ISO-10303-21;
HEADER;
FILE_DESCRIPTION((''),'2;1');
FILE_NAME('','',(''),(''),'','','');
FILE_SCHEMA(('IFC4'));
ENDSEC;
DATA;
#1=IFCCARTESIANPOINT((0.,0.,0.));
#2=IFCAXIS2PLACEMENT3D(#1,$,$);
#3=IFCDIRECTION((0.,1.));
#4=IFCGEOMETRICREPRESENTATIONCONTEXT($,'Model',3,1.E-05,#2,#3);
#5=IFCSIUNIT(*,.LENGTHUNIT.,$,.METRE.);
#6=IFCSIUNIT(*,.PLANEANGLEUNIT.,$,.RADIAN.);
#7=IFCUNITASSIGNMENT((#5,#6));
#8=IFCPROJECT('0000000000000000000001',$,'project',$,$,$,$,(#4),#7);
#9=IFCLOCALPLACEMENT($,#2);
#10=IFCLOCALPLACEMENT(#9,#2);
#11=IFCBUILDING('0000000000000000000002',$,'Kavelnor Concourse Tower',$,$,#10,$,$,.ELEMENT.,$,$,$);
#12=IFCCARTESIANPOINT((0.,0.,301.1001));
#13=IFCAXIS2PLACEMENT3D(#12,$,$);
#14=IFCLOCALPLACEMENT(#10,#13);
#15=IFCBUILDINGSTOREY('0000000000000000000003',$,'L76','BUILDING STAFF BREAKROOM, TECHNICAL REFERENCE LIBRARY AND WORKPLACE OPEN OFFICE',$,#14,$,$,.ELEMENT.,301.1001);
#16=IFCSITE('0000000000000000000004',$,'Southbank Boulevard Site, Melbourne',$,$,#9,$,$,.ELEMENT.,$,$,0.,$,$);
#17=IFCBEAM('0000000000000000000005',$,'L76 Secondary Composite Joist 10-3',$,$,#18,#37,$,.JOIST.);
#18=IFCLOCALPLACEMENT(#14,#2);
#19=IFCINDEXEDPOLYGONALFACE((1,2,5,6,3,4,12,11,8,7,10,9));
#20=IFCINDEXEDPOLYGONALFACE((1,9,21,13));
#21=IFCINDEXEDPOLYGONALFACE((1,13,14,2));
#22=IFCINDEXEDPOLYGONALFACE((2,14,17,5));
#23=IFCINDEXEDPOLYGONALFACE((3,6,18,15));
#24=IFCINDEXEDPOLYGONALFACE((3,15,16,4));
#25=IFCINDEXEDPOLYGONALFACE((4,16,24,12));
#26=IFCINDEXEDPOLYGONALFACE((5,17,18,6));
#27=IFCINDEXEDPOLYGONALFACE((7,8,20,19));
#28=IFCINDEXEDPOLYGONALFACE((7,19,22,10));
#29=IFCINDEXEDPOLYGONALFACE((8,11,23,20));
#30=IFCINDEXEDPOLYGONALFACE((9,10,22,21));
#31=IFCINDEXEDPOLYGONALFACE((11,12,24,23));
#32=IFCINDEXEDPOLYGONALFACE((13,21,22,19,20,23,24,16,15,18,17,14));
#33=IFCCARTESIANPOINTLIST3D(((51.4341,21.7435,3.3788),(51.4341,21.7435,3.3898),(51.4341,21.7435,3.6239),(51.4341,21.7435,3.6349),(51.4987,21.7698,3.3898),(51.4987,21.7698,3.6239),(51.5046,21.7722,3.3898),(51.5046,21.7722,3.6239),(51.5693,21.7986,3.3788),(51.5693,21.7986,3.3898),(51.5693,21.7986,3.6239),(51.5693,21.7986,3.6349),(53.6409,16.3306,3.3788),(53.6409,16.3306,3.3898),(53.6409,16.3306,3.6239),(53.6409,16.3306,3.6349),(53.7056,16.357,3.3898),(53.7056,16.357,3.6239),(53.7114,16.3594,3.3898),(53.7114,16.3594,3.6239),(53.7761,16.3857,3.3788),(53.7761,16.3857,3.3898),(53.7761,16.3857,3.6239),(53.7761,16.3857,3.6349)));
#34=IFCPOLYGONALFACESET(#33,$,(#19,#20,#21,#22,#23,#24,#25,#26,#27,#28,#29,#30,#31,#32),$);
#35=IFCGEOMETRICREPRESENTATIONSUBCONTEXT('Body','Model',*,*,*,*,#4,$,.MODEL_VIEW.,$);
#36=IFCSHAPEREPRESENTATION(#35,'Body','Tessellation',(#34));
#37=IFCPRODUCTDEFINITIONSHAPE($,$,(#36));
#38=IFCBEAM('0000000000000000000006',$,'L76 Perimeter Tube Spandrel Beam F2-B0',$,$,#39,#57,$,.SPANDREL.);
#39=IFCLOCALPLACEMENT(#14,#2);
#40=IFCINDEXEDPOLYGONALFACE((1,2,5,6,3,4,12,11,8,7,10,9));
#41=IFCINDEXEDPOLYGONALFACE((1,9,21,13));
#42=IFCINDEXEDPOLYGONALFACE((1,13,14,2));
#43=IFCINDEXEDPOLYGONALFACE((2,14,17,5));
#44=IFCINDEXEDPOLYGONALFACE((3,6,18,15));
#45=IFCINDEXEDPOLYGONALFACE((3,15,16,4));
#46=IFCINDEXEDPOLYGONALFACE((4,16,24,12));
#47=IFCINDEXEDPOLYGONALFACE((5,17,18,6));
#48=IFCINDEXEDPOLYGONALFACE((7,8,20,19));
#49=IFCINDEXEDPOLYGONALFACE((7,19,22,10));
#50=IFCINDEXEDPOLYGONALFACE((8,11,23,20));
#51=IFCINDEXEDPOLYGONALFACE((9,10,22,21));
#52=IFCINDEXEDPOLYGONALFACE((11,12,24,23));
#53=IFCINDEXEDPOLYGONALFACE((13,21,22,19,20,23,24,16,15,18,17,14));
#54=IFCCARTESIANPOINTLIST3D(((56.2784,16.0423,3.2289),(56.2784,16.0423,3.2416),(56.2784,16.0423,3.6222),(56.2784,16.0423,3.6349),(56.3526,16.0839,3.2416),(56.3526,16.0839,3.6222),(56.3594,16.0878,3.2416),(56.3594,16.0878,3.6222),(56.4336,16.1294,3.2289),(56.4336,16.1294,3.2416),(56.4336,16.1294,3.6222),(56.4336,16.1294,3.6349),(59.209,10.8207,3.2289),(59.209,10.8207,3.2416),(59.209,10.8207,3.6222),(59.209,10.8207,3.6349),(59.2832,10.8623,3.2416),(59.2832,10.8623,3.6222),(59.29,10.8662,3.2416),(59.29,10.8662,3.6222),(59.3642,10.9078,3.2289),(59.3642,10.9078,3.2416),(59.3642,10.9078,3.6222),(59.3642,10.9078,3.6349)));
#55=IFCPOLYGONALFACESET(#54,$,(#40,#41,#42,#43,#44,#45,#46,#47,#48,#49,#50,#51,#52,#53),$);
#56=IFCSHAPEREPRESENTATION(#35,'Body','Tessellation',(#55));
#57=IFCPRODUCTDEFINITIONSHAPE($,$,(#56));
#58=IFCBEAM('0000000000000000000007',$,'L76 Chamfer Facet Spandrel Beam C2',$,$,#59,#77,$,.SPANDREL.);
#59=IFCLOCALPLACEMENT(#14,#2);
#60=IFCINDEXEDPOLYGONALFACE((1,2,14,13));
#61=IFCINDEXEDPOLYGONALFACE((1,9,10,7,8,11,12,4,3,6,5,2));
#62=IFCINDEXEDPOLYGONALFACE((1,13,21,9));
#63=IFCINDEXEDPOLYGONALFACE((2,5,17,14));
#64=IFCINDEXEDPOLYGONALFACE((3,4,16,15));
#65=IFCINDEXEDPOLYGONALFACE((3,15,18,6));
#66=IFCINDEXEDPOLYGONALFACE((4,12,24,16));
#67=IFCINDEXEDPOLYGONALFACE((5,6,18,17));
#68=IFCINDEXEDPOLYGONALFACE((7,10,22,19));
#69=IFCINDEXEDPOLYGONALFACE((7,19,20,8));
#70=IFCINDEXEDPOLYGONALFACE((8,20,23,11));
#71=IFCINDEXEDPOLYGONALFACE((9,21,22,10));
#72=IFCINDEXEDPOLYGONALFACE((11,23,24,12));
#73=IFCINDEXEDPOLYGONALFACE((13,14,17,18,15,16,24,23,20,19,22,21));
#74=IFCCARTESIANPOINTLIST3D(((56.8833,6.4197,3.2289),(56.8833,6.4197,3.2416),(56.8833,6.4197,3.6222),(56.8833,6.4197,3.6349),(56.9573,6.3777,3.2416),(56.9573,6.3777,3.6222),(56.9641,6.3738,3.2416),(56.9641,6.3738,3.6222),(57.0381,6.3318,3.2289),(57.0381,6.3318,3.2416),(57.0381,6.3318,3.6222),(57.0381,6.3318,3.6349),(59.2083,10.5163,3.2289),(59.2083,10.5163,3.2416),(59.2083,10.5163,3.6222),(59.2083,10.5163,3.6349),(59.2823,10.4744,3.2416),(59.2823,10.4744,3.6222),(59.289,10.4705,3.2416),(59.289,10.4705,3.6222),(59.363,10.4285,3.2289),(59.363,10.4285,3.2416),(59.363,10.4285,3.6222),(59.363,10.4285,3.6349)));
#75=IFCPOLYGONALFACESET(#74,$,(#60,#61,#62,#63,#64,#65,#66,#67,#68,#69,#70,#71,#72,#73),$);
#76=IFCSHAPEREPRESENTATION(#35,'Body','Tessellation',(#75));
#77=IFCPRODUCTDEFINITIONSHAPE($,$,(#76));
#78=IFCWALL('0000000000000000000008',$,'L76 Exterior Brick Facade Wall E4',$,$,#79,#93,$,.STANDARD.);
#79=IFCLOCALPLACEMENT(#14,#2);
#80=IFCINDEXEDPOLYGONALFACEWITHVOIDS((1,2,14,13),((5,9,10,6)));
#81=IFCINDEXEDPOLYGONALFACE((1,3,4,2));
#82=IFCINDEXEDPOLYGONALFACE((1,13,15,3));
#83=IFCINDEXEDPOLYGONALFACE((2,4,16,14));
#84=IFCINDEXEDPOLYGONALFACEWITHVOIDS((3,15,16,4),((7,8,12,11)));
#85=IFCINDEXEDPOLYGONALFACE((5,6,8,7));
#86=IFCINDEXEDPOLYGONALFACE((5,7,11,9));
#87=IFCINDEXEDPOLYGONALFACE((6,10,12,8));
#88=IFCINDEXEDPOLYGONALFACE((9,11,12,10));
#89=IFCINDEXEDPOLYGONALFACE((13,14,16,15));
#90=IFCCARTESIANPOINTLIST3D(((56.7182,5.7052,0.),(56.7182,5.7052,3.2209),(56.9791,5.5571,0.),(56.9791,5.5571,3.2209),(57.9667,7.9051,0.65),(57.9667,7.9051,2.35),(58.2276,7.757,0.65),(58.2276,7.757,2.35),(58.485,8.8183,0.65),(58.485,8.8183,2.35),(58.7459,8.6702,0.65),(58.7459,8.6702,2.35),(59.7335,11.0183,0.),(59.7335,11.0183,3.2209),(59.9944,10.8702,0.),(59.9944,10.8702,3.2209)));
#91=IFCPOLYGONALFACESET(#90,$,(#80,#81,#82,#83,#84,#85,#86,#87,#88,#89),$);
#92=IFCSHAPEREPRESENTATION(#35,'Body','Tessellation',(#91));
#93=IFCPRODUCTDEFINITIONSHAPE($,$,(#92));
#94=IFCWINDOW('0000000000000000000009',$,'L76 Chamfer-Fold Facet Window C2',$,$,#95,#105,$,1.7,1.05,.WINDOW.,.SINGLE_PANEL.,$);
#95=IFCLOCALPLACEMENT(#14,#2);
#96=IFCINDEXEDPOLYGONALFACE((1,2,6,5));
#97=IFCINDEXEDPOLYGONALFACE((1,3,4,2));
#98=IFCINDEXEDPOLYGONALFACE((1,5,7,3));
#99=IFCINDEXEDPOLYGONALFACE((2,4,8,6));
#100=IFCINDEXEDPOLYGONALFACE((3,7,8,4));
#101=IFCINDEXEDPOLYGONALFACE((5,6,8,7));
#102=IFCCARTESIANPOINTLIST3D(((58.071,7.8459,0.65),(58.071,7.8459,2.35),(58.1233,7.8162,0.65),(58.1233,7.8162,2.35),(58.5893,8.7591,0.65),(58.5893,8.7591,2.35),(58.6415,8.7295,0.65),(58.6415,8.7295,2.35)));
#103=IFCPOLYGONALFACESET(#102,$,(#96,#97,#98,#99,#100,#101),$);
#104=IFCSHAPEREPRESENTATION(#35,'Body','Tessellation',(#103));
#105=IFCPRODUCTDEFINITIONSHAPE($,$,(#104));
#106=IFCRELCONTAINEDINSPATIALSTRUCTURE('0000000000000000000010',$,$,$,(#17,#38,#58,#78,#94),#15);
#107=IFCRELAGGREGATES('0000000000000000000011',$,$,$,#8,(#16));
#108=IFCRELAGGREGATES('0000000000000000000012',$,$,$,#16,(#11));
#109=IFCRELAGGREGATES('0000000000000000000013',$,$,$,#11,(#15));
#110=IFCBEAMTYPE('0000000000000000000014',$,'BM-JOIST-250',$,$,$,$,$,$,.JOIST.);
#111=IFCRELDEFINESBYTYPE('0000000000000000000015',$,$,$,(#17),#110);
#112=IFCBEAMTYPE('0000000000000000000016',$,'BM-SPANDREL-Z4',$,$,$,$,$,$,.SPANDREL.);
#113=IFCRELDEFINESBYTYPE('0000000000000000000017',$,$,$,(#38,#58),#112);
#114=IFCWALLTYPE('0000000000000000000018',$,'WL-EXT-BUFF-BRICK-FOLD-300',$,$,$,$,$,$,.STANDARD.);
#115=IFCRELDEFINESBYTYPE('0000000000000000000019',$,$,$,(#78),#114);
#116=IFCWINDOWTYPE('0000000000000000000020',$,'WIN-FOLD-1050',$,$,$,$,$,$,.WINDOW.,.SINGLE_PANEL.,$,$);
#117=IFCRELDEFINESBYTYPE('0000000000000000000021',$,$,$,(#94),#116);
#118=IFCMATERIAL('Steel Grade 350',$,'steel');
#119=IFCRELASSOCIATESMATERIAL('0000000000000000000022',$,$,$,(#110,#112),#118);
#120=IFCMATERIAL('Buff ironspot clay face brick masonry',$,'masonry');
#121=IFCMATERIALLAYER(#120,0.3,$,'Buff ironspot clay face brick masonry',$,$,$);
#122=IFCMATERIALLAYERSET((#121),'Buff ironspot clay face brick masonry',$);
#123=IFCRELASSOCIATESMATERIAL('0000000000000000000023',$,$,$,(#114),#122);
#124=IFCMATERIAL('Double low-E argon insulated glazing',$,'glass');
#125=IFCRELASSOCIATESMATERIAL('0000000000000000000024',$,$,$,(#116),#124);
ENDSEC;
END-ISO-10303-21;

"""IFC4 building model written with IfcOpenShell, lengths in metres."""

from ifc_helpers import new_model, si_unit, direction, frame, frame_2d, origin, origin_2d, place, context, subcontext, project, spatial, rectangle, i_section, extrude, material, layer, layer_set, material_profile, profile_set, type_object, element, fill, save


model = new_model("IFC4")

# Units and contexts
model_context = context("Model", 3, precision=1e-05, world=origin(), true_north=direction((0.0, 1.0)))
body_context = subcontext(model_context, "Body", "Model", "MODEL_VIEW")
ifc_project = project(units=[si_unit("LENGTHUNIT", "METRE"), si_unit("PLANEANGLEUNIT", "RADIAN")], contexts=[model_context])

# Site, building, storey
site_placement = place(None, origin())
site = spatial("IfcSite", under=ifc_project, at=site_placement, Name="Southbank Boulevard Site, Melbourne", CompositionType="ELEMENT", RefElevation=0.0)
building_placement = place(site_placement, origin())
building = spatial("IfcBuilding", under=site, at=building_placement, Name="Kavelnor Concourse Tower", CompositionType="ELEMENT")
storey_placement = place(building_placement, frame((0.0, 0.0, 301.1001)))
storey = spatial("IfcBuildingStorey", under=building, at=storey_placement, Name="L76", Description="BUILDING STAFF BREAKROOM, TECHNICAL REFERENCE LIBRARY AND WORKPLACE OPEN OFFICE", CompositionType="ELEMENT", Elevation=301.1001)

# Shared definitions
ifc_material_1 = material(Name="Steel Grade 350", Category="steel")

# Beams
ifc_material_profile_1 = material_profile(ifc_material_1, i_section(OverallWidth=0.146, OverallDepth=0.2561, WebThickness=0.0063, FlangeThickness=0.011, at=origin_2d()), Name="250UB37")
ifc_profile_set_1 = profile_set([ifc_material_profile_1], Name="Steel Grade 350")
beam_type_1 = type_object("IfcBeamType", Name="BM-JOIST-250", PredefinedType="JOIST", material=ifc_profile_set_1)
beam_1_placement = place(storey_placement, frame((53.7085, 16.3582, 3.5068), z_axis=(-0.377525, 0.925999, 0.0), x_axis=(-0.925999, -0.377525, 0.0)))
element("IfcBeam", 1, at=beam_1_placement, inside=storey, type_object=beam_type_1, Name="L76 Secondary Composite Joist 10-3", PredefinedType="JOIST", context=body_context, shape_type="SweptSolid", body=[
    extrude(i_section(OverallWidth=0.146, OverallDepth=0.2561, WebThickness=0.0063, FlangeThickness=0.011, at=origin_2d()), origin(), (0.0, 0.0, 1.0), 5.8455),
])
ifc_material_profile_2 = material_profile(ifc_material_1, i_section(OverallWidth=0.178, OverallDepth=0.406, WebThickness=0.0078, FlangeThickness=0.0127, at=origin_2d()), Name="410UB59")
ifc_profile_set_2 = profile_set([ifc_material_profile_2], Name="Steel Grade 350")
beam_type_2 = type_object("IfcBeamType", Name="BM-SPANDREL-Z4", PredefinedType="SPANDREL", material=ifc_profile_set_2)
beam_2_placement = place(storey_placement, frame((59.2866, 10.8643, 3.4319), z_axis=(-0.489433, 0.872041, 0.0), x_axis=(-0.872041, -0.489433, 0.0)))
element("IfcBeam", 2, at=beam_2_placement, inside=storey, type_object=beam_type_2, Name="L76 Perimeter Tube Spandrel Beam F2-B0", PredefinedType="SPANDREL", context=body_context, shape_type="SweptSolid", body=[
    extrude(i_section(OverallWidth=0.178, OverallDepth=0.406, WebThickness=0.0078, FlangeThickness=0.0127, at=origin_2d()), origin(), (0.0, 0.0, 1.0), 5.9878),
])
beam_3_placement = place(storey_placement, frame((56.9607, 6.3757, 3.4319), z_axis=(0.493575, 0.869703, 0.0), x_axis=(-0.869703, 0.493575, 0.0)))
element("IfcBeam", 3, at=beam_3_placement, inside=storey, type_object=beam_type_2, Name="L76 Chamfer Facet Spandrel Beam C2", PredefinedType="SPANDREL", context=body_context, shape_type="SweptSolid", body=[
    extrude(i_section(OverallWidth=0.178, OverallDepth=0.406, WebThickness=0.0078, FlangeThickness=0.0127, at=origin_2d()), origin(), (0.0, 0.0, 1.0), 4.7104),
])

# Wall, opening, window
ifc_material_2 = material(Name="Buff ironspot clay face brick masonry", Category="masonry")
ifc_layer_1 = layer(ifc_material_2, 0.3, Name="Buff ironspot clay face brick masonry")
ifc_layer_set_1 = layer_set([ifc_layer_1], Name="Buff ironspot clay face brick masonry")
wall_type_1 = type_object("IfcWallType", Name="WL-EXT-BUFF-BRICK-FOLD-300", PredefinedType="STANDARD", material=ifc_layer_set_1)
wall_1_placement = place(storey_placement, frame((59.864, 10.9443, 0.0), z_axis=(0.0, 0.0, 1.0), x_axis=(-0.493576, -0.869703, 0.0)))
wall_1 = element("IfcWall", 4, at=wall_1_placement, inside=storey, type_object=wall_type_1, Name="L76 Exterior Brick Facade Wall E4", PredefinedType="STANDARD", context=body_context, shape_type="SweptSolid", body=[
    extrude(rectangle(XDim=6.1091, YDim=0.3, at=frame_2d((3.0547, 0.0))), origin(), (0.0, 0.0, 1.0), 3.2209),
])
opening_1_placement = place(wall_1_placement, frame((2.5298, 0.0, 0.6499)))
opening_1 = element("IfcOpeningElement", 5, at=opening_1_placement, cuts=wall_1, PredefinedType="OPENING", context=body_context, shape_type="SweptSolid", body=[
    extrude(rectangle(XDim=1.05, YDim=1.7, at=frame_2d((0.5249, 0.8501))), frame((0.0, 0.1602, 0.0), z_axis=(0.0, -1.0, 0.0), x_axis=(1.0, 0.0, 0.0)), (0.0, 0.0, 1.0), 0.3201),
])
ifc_material_3 = material(Name="Double low-E argon insulated glazing", Category="glass")
window_type_1 = type_object("IfcWindowType", Name="WIN-FOLD-1050", PartitioningType="SINGLE_PANEL", PredefinedType="WINDOW", material=ifc_material_3)
window_1_placement = place(opening_1_placement, origin())
window_1 = element("IfcWindow", 6, at=window_1_placement, inside=storey, type_object=window_type_1, Name="L76 Chamfer-Fold Facet Window C2", OverallHeight=1.7, OverallWidth=1.05, PartitioningType="SINGLE_PANEL", PredefinedType="WINDOW", context=body_context, shape_type="SweptSolid", body=[
    extrude(rectangle(XDim=1.05, YDim=1.7, at=frame_2d((0.5249, 0.8501))), frame((0.0, 0.03, 0.0), z_axis=(0.0, -1.0, 0.0), x_axis=(1.0, 0.0, 0.0)), (0.0, 0.0, 1.0), 0.0601),
])
fill(opening_1, window_1)

save(model, "model.ifc")
